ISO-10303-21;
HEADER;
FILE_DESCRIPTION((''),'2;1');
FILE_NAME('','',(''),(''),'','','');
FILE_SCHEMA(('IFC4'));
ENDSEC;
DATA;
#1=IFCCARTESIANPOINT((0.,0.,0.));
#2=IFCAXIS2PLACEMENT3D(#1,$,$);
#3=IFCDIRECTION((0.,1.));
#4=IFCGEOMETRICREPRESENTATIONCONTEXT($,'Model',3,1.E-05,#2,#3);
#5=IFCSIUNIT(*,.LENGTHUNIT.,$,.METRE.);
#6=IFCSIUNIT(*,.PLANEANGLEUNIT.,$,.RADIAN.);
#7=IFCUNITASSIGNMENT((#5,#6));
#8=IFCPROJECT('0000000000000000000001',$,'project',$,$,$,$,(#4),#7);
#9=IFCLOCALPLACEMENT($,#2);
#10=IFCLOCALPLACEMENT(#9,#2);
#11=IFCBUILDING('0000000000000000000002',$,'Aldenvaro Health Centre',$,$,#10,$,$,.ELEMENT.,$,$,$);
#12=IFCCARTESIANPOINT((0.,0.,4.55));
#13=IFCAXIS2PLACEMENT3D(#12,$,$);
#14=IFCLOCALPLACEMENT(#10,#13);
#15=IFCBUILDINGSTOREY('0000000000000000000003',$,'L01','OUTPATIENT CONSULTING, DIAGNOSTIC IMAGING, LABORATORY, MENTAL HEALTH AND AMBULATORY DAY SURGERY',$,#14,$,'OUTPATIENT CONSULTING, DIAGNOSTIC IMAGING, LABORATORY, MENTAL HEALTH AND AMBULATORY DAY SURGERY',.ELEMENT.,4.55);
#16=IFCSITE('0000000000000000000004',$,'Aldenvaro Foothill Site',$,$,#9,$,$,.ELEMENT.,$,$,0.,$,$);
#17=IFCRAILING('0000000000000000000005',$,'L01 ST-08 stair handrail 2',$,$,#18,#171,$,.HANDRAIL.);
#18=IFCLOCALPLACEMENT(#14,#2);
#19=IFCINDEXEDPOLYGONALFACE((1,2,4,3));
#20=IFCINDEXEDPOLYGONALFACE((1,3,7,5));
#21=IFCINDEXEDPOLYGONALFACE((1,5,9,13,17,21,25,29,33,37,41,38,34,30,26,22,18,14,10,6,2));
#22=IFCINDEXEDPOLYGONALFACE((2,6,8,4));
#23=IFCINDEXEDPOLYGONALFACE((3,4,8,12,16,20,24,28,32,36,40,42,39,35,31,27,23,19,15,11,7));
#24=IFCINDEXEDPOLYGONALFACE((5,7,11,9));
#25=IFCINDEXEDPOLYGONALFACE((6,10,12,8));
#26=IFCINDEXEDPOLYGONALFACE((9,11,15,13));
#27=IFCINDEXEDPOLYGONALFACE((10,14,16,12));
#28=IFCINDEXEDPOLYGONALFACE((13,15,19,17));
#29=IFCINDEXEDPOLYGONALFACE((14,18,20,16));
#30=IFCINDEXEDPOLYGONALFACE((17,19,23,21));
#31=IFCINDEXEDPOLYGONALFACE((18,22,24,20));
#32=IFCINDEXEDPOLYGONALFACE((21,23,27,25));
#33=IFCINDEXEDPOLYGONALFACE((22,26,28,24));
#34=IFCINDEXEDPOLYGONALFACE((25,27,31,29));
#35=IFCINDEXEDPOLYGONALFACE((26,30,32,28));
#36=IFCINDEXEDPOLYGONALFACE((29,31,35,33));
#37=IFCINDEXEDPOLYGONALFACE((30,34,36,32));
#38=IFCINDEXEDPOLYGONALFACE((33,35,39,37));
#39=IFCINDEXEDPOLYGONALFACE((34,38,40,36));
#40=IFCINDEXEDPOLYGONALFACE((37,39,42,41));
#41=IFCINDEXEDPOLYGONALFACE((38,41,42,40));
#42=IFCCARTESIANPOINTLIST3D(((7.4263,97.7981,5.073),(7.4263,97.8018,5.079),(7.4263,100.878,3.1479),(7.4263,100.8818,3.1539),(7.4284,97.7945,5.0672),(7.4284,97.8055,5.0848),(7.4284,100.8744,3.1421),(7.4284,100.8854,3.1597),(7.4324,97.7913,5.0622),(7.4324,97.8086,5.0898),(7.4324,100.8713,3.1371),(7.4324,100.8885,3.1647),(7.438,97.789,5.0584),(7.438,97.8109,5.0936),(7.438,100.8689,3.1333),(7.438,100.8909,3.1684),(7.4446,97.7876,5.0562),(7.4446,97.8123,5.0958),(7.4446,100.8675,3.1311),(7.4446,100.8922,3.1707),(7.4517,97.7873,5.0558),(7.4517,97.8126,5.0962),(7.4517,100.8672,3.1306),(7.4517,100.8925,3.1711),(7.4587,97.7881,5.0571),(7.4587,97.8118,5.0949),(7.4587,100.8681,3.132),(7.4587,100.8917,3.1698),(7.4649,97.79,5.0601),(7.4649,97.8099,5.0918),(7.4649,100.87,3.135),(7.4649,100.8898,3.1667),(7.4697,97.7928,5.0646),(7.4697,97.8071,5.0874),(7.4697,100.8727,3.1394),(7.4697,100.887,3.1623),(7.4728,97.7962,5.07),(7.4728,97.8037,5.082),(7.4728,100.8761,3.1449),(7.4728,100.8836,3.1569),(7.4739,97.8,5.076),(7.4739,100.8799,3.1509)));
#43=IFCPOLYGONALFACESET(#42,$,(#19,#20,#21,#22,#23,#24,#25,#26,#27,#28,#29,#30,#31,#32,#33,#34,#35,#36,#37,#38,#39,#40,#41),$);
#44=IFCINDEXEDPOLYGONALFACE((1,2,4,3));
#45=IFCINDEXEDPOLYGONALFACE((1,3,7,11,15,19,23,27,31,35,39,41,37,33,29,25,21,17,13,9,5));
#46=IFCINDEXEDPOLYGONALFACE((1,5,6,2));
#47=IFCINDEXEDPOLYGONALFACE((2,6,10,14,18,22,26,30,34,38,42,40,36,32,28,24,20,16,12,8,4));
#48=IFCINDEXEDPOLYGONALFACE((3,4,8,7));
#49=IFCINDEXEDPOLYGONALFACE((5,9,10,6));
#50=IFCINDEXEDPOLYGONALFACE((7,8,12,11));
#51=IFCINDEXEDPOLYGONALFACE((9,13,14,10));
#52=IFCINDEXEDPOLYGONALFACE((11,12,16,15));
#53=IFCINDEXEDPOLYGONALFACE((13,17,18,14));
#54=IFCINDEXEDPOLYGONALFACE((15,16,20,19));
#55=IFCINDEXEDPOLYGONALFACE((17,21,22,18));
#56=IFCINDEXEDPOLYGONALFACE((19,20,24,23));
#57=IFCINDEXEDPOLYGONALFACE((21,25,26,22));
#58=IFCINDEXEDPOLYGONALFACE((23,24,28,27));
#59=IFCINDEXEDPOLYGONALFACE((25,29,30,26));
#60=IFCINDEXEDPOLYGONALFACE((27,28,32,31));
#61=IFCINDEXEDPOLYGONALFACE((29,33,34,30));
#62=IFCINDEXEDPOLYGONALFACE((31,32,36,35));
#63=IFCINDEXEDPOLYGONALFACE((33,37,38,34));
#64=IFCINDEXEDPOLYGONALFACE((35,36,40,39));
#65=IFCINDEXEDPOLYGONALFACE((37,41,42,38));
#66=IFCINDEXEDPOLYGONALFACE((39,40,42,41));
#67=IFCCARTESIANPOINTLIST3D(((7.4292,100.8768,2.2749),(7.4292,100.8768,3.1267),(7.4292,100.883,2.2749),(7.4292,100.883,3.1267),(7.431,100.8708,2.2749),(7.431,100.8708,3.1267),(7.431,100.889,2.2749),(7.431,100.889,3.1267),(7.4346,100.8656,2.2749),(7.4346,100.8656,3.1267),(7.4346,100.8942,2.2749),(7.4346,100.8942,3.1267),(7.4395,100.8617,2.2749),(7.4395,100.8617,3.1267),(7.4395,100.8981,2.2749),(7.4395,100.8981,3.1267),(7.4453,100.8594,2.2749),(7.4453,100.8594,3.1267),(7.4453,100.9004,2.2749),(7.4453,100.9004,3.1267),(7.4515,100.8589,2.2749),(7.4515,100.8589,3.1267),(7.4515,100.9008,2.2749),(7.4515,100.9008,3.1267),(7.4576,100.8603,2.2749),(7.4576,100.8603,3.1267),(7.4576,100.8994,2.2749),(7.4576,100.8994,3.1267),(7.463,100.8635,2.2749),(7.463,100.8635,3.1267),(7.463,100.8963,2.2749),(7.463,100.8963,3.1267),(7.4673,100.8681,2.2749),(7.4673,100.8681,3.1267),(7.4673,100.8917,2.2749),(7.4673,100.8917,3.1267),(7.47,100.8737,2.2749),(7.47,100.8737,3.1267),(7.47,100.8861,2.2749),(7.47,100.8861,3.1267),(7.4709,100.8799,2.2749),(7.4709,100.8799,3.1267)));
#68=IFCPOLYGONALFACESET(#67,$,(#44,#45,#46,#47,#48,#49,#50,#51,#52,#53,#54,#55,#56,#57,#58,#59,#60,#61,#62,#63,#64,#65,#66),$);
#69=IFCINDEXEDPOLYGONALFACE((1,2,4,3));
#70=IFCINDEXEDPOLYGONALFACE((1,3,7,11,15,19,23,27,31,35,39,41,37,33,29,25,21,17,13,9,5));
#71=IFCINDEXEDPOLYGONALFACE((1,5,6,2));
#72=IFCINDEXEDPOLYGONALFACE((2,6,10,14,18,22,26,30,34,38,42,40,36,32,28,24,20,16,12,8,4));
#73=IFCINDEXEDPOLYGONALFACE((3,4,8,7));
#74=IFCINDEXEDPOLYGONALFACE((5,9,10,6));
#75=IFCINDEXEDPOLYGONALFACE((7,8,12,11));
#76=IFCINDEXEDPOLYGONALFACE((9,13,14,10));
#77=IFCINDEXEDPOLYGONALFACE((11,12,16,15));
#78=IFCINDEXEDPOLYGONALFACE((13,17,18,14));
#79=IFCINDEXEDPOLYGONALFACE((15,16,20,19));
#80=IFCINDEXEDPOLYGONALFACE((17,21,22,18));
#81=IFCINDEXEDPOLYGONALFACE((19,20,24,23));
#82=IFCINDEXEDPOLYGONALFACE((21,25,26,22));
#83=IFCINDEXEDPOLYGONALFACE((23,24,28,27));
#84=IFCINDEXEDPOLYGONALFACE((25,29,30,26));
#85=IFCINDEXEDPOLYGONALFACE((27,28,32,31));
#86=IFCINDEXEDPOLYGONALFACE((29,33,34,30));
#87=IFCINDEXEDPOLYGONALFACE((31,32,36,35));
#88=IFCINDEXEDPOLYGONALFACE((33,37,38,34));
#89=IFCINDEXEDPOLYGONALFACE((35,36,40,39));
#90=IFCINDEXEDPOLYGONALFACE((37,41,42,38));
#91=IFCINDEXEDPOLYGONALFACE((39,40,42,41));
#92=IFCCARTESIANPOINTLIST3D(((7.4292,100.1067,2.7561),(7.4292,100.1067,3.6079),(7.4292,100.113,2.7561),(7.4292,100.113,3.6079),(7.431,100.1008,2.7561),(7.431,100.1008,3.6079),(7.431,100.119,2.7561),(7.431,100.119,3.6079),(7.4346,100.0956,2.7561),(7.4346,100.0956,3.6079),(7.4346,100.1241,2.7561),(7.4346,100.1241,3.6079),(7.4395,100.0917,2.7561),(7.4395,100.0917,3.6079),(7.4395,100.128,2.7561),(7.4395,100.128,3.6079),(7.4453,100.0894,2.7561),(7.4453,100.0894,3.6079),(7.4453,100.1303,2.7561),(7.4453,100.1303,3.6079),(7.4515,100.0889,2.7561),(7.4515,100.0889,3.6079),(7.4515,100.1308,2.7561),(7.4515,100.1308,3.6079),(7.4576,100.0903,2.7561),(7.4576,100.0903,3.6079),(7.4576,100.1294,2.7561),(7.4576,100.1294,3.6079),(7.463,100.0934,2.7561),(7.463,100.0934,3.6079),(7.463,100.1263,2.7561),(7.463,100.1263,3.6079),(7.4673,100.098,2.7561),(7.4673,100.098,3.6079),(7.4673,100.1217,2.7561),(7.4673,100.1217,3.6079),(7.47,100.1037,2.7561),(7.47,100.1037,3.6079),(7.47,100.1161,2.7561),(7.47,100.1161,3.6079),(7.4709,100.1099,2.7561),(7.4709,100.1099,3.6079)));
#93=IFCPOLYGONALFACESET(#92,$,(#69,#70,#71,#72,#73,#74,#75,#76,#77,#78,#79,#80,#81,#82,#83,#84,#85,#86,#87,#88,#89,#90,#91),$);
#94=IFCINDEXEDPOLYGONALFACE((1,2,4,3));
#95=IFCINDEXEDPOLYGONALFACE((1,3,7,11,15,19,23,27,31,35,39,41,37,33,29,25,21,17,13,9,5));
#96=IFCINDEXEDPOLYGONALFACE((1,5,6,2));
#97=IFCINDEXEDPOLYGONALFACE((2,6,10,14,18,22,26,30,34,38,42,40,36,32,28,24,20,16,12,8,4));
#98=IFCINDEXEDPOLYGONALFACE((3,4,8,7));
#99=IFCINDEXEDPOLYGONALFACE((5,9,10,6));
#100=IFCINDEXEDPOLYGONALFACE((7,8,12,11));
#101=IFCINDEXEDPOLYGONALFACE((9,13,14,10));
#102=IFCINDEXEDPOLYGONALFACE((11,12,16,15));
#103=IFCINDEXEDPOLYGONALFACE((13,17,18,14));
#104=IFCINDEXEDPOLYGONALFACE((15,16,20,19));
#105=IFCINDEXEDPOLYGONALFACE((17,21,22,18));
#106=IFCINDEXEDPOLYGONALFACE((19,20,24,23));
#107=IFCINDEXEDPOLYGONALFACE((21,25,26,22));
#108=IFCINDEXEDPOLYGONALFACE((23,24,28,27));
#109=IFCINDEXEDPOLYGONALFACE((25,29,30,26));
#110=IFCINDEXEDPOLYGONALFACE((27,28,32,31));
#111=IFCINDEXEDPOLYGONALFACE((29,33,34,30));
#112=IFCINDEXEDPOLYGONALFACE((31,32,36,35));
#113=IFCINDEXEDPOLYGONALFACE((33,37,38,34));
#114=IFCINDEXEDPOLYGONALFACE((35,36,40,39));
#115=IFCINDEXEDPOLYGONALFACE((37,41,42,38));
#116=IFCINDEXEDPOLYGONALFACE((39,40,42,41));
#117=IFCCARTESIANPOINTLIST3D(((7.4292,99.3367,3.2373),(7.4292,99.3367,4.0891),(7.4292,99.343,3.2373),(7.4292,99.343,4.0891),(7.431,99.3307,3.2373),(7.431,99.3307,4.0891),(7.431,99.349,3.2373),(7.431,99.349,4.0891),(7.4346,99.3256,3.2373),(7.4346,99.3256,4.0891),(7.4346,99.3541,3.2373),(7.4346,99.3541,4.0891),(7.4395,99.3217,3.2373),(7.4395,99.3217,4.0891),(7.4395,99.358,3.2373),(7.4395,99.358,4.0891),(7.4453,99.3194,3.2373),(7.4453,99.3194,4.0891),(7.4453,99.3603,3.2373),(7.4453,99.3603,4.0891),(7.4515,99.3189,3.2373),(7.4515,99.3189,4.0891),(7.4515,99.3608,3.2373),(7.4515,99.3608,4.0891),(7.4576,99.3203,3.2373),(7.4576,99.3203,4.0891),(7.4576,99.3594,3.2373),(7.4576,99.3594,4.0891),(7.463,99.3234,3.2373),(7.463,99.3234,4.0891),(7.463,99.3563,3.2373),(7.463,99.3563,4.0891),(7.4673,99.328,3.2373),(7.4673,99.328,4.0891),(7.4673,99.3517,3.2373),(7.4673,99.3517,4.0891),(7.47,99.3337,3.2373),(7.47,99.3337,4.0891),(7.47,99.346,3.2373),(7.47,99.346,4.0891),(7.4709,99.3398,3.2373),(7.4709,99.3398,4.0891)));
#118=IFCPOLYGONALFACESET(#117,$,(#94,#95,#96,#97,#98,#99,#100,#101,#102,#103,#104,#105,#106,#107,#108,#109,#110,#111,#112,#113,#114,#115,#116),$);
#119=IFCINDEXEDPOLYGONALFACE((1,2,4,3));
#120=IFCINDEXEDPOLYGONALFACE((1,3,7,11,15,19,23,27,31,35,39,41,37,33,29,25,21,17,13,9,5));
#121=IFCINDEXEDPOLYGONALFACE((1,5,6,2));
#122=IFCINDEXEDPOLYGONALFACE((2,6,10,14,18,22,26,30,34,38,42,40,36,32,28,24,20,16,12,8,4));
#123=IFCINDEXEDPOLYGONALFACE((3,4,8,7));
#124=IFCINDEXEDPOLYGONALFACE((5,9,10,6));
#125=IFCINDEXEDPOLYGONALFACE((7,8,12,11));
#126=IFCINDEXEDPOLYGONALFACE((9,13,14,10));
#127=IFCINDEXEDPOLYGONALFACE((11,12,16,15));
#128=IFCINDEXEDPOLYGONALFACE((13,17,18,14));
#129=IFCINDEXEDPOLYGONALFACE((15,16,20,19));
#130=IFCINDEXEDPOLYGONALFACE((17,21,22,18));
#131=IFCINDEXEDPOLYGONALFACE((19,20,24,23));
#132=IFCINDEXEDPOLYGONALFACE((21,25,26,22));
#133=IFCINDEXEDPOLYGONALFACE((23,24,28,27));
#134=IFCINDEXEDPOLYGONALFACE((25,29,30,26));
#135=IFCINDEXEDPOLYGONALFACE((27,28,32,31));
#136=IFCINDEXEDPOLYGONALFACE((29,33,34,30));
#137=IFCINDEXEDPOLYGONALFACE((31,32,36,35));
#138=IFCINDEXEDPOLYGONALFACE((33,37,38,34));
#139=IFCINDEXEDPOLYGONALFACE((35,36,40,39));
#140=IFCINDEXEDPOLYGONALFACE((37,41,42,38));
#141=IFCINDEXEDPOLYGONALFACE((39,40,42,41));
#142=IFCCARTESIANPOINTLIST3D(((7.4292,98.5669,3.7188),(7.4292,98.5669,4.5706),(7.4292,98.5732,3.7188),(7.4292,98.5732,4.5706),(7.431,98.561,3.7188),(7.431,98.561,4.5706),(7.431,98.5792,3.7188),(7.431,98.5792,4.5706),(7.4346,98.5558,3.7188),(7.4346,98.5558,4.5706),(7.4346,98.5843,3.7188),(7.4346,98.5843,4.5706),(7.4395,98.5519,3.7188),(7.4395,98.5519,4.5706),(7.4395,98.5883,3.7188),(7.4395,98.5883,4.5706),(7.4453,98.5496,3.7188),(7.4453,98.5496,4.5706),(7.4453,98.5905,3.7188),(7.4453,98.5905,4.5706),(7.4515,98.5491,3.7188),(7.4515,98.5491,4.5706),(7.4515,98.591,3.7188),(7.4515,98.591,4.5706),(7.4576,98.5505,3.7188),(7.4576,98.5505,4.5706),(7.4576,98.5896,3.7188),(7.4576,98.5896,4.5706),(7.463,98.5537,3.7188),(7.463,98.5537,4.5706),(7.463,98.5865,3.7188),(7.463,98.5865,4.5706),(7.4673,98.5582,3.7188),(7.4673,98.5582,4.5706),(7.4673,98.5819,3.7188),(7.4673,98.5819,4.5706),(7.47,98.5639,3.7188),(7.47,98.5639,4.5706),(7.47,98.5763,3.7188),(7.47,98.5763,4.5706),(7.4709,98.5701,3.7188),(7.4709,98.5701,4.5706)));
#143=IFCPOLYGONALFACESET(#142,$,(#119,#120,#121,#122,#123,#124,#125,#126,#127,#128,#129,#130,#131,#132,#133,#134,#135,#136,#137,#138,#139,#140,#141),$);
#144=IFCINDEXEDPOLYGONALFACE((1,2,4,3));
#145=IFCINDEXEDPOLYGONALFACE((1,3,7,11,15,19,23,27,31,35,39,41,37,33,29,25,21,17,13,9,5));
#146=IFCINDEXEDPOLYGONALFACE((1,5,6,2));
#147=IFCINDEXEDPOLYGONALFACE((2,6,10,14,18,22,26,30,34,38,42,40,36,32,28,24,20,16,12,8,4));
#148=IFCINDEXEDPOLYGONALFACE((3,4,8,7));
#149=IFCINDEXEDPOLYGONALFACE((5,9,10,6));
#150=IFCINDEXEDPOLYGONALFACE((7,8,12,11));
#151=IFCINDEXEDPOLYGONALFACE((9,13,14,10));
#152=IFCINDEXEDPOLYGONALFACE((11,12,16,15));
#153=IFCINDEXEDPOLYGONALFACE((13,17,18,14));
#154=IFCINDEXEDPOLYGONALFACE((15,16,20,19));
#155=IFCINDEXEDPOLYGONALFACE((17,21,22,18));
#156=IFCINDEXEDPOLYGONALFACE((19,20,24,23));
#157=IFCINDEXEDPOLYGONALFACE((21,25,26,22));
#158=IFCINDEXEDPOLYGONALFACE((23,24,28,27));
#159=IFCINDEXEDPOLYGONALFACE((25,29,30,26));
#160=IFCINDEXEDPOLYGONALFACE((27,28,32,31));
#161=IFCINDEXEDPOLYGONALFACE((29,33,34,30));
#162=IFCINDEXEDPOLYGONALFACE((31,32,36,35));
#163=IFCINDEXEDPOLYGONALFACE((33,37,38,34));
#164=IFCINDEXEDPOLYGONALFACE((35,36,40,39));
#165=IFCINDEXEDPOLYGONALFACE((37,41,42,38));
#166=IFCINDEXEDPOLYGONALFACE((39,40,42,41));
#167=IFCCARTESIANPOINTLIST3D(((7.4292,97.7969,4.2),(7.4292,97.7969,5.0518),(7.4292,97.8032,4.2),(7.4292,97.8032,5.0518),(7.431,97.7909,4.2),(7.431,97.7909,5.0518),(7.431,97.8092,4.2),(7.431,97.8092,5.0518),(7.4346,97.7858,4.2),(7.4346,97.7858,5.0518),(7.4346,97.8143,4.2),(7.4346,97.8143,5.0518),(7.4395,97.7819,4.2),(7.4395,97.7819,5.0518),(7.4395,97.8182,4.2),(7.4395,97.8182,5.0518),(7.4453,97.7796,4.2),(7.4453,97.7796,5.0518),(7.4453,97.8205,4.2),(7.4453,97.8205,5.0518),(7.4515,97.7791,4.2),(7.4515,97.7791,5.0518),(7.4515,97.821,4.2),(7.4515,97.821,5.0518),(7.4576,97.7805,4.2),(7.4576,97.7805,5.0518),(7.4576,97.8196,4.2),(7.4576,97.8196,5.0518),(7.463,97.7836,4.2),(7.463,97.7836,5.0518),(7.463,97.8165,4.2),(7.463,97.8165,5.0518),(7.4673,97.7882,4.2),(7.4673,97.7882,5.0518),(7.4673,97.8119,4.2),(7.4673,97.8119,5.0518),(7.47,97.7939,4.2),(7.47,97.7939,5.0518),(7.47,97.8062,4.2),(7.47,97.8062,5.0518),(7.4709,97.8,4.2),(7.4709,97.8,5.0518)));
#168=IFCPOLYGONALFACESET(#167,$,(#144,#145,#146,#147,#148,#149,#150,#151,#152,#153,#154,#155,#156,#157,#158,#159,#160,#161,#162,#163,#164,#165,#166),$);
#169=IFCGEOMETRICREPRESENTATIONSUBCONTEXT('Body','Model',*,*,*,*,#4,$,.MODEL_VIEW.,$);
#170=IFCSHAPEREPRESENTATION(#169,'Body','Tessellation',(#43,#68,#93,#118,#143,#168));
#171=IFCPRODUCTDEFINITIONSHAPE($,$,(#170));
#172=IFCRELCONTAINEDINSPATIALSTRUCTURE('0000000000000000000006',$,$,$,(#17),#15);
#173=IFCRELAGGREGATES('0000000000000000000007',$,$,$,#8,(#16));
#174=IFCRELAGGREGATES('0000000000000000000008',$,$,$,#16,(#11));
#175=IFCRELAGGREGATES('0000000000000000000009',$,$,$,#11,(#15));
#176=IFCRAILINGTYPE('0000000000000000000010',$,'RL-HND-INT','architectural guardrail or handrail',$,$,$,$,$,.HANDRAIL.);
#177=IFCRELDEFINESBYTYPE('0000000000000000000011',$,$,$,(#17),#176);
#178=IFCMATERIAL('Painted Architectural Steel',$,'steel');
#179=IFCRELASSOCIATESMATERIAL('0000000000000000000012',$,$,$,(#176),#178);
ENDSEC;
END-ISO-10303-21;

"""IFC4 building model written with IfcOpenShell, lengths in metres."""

from ifc_helpers import new_model, si_unit, direction, frame, origin, origin_2d, place, context, subcontext, project, spatial, circle, extrude, material, type_object, element, save


model = new_model("IFC4")

# Units and contexts
model_context = context("Model", 3, precision=1e-05, world=origin(), true_north=direction((0.0, 1.0)))
body_context = subcontext(model_context, "Body", "Model", "MODEL_VIEW")
ifc_project = project(units=[si_unit("LENGTHUNIT", "METRE"), si_unit("PLANEANGLEUNIT", "RADIAN")], contexts=[model_context])

# Site, building, storey
site_placement = place(None, origin())
site = spatial("IfcSite", under=ifc_project, at=site_placement, Name="Aldenvaro Foothill Site", CompositionType="ELEMENT", RefElevation=0.0)
building_placement = place(site_placement, origin())
building = spatial("IfcBuilding", under=site, at=building_placement, Name="Aldenvaro Health Centre", CompositionType="ELEMENT")
storey_placement = place(building_placement, frame((0.0, 0.0, 4.55)))
storey = spatial("IfcBuildingStorey", under=building, at=storey_placement, Name="L01", Description="OUTPATIENT CONSULTING, DIAGNOSTIC IMAGING, LABORATORY, MENTAL HEALTH AND AMBULATORY DAY SURGERY", LongName="OUTPATIENT CONSULTING, DIAGNOSTIC IMAGING, LABORATORY, MENTAL HEALTH AND AMBULATORY DAY SURGERY", CompositionType="ELEMENT", Elevation=4.55)

# Railing
ifc_material_1 = material(Name="Painted Architectural Steel", Category="steel")
railing_type_1 = type_object("IfcRailingType", Name="RL-HND-INT", Description="architectural guardrail or handrail", PredefinedType="HANDRAIL", material=ifc_material_1)
railing_1_placement = place(storey_placement, frame((7.45, 100.8799, 2.2749)))
element("IfcRailing", 1, at=railing_1_placement, inside=storey, type_object=railing_type_1, Name="L01 ST-08 stair handrail 2", PredefinedType="HANDRAIL", context=body_context, shape_type="SweptSolid", body=[
    extrude(circle(Radius=0.0239, at=origin_2d()), frame((0.0, 0.0, 0.876), z_axis=(0.0, -0.847979, 0.530029), x_axis=(1.0, 0.0, 0.0)), (0.0, 0.0, 1.0), 3.6321),
    extrude(circle(Radius=0.021, at=origin_2d()), origin(), (0.0, 0.0, 1.0), 0.8518),
    extrude(circle(Radius=0.021, at=origin_2d()), frame((0.0, -0.77, 0.4812)), (0.0, 0.0, 1.0), 0.8518),
    extrude(circle(Radius=0.021, at=origin_2d()), frame((0.0, -1.54, 0.9624)), (0.0, 0.0, 1.0), 0.8518),
    extrude(circle(Radius=0.021, at=origin_2d()), frame((0.0, -2.3098, 1.4438)), (0.0, 0.0, 1.0), 0.8518),
    extrude(circle(Radius=0.021, at=origin_2d()), frame((0.0, -3.0798, 1.925)), (0.0, 0.0, 1.0), 0.8518),
])

save(model, "model.ifc")
